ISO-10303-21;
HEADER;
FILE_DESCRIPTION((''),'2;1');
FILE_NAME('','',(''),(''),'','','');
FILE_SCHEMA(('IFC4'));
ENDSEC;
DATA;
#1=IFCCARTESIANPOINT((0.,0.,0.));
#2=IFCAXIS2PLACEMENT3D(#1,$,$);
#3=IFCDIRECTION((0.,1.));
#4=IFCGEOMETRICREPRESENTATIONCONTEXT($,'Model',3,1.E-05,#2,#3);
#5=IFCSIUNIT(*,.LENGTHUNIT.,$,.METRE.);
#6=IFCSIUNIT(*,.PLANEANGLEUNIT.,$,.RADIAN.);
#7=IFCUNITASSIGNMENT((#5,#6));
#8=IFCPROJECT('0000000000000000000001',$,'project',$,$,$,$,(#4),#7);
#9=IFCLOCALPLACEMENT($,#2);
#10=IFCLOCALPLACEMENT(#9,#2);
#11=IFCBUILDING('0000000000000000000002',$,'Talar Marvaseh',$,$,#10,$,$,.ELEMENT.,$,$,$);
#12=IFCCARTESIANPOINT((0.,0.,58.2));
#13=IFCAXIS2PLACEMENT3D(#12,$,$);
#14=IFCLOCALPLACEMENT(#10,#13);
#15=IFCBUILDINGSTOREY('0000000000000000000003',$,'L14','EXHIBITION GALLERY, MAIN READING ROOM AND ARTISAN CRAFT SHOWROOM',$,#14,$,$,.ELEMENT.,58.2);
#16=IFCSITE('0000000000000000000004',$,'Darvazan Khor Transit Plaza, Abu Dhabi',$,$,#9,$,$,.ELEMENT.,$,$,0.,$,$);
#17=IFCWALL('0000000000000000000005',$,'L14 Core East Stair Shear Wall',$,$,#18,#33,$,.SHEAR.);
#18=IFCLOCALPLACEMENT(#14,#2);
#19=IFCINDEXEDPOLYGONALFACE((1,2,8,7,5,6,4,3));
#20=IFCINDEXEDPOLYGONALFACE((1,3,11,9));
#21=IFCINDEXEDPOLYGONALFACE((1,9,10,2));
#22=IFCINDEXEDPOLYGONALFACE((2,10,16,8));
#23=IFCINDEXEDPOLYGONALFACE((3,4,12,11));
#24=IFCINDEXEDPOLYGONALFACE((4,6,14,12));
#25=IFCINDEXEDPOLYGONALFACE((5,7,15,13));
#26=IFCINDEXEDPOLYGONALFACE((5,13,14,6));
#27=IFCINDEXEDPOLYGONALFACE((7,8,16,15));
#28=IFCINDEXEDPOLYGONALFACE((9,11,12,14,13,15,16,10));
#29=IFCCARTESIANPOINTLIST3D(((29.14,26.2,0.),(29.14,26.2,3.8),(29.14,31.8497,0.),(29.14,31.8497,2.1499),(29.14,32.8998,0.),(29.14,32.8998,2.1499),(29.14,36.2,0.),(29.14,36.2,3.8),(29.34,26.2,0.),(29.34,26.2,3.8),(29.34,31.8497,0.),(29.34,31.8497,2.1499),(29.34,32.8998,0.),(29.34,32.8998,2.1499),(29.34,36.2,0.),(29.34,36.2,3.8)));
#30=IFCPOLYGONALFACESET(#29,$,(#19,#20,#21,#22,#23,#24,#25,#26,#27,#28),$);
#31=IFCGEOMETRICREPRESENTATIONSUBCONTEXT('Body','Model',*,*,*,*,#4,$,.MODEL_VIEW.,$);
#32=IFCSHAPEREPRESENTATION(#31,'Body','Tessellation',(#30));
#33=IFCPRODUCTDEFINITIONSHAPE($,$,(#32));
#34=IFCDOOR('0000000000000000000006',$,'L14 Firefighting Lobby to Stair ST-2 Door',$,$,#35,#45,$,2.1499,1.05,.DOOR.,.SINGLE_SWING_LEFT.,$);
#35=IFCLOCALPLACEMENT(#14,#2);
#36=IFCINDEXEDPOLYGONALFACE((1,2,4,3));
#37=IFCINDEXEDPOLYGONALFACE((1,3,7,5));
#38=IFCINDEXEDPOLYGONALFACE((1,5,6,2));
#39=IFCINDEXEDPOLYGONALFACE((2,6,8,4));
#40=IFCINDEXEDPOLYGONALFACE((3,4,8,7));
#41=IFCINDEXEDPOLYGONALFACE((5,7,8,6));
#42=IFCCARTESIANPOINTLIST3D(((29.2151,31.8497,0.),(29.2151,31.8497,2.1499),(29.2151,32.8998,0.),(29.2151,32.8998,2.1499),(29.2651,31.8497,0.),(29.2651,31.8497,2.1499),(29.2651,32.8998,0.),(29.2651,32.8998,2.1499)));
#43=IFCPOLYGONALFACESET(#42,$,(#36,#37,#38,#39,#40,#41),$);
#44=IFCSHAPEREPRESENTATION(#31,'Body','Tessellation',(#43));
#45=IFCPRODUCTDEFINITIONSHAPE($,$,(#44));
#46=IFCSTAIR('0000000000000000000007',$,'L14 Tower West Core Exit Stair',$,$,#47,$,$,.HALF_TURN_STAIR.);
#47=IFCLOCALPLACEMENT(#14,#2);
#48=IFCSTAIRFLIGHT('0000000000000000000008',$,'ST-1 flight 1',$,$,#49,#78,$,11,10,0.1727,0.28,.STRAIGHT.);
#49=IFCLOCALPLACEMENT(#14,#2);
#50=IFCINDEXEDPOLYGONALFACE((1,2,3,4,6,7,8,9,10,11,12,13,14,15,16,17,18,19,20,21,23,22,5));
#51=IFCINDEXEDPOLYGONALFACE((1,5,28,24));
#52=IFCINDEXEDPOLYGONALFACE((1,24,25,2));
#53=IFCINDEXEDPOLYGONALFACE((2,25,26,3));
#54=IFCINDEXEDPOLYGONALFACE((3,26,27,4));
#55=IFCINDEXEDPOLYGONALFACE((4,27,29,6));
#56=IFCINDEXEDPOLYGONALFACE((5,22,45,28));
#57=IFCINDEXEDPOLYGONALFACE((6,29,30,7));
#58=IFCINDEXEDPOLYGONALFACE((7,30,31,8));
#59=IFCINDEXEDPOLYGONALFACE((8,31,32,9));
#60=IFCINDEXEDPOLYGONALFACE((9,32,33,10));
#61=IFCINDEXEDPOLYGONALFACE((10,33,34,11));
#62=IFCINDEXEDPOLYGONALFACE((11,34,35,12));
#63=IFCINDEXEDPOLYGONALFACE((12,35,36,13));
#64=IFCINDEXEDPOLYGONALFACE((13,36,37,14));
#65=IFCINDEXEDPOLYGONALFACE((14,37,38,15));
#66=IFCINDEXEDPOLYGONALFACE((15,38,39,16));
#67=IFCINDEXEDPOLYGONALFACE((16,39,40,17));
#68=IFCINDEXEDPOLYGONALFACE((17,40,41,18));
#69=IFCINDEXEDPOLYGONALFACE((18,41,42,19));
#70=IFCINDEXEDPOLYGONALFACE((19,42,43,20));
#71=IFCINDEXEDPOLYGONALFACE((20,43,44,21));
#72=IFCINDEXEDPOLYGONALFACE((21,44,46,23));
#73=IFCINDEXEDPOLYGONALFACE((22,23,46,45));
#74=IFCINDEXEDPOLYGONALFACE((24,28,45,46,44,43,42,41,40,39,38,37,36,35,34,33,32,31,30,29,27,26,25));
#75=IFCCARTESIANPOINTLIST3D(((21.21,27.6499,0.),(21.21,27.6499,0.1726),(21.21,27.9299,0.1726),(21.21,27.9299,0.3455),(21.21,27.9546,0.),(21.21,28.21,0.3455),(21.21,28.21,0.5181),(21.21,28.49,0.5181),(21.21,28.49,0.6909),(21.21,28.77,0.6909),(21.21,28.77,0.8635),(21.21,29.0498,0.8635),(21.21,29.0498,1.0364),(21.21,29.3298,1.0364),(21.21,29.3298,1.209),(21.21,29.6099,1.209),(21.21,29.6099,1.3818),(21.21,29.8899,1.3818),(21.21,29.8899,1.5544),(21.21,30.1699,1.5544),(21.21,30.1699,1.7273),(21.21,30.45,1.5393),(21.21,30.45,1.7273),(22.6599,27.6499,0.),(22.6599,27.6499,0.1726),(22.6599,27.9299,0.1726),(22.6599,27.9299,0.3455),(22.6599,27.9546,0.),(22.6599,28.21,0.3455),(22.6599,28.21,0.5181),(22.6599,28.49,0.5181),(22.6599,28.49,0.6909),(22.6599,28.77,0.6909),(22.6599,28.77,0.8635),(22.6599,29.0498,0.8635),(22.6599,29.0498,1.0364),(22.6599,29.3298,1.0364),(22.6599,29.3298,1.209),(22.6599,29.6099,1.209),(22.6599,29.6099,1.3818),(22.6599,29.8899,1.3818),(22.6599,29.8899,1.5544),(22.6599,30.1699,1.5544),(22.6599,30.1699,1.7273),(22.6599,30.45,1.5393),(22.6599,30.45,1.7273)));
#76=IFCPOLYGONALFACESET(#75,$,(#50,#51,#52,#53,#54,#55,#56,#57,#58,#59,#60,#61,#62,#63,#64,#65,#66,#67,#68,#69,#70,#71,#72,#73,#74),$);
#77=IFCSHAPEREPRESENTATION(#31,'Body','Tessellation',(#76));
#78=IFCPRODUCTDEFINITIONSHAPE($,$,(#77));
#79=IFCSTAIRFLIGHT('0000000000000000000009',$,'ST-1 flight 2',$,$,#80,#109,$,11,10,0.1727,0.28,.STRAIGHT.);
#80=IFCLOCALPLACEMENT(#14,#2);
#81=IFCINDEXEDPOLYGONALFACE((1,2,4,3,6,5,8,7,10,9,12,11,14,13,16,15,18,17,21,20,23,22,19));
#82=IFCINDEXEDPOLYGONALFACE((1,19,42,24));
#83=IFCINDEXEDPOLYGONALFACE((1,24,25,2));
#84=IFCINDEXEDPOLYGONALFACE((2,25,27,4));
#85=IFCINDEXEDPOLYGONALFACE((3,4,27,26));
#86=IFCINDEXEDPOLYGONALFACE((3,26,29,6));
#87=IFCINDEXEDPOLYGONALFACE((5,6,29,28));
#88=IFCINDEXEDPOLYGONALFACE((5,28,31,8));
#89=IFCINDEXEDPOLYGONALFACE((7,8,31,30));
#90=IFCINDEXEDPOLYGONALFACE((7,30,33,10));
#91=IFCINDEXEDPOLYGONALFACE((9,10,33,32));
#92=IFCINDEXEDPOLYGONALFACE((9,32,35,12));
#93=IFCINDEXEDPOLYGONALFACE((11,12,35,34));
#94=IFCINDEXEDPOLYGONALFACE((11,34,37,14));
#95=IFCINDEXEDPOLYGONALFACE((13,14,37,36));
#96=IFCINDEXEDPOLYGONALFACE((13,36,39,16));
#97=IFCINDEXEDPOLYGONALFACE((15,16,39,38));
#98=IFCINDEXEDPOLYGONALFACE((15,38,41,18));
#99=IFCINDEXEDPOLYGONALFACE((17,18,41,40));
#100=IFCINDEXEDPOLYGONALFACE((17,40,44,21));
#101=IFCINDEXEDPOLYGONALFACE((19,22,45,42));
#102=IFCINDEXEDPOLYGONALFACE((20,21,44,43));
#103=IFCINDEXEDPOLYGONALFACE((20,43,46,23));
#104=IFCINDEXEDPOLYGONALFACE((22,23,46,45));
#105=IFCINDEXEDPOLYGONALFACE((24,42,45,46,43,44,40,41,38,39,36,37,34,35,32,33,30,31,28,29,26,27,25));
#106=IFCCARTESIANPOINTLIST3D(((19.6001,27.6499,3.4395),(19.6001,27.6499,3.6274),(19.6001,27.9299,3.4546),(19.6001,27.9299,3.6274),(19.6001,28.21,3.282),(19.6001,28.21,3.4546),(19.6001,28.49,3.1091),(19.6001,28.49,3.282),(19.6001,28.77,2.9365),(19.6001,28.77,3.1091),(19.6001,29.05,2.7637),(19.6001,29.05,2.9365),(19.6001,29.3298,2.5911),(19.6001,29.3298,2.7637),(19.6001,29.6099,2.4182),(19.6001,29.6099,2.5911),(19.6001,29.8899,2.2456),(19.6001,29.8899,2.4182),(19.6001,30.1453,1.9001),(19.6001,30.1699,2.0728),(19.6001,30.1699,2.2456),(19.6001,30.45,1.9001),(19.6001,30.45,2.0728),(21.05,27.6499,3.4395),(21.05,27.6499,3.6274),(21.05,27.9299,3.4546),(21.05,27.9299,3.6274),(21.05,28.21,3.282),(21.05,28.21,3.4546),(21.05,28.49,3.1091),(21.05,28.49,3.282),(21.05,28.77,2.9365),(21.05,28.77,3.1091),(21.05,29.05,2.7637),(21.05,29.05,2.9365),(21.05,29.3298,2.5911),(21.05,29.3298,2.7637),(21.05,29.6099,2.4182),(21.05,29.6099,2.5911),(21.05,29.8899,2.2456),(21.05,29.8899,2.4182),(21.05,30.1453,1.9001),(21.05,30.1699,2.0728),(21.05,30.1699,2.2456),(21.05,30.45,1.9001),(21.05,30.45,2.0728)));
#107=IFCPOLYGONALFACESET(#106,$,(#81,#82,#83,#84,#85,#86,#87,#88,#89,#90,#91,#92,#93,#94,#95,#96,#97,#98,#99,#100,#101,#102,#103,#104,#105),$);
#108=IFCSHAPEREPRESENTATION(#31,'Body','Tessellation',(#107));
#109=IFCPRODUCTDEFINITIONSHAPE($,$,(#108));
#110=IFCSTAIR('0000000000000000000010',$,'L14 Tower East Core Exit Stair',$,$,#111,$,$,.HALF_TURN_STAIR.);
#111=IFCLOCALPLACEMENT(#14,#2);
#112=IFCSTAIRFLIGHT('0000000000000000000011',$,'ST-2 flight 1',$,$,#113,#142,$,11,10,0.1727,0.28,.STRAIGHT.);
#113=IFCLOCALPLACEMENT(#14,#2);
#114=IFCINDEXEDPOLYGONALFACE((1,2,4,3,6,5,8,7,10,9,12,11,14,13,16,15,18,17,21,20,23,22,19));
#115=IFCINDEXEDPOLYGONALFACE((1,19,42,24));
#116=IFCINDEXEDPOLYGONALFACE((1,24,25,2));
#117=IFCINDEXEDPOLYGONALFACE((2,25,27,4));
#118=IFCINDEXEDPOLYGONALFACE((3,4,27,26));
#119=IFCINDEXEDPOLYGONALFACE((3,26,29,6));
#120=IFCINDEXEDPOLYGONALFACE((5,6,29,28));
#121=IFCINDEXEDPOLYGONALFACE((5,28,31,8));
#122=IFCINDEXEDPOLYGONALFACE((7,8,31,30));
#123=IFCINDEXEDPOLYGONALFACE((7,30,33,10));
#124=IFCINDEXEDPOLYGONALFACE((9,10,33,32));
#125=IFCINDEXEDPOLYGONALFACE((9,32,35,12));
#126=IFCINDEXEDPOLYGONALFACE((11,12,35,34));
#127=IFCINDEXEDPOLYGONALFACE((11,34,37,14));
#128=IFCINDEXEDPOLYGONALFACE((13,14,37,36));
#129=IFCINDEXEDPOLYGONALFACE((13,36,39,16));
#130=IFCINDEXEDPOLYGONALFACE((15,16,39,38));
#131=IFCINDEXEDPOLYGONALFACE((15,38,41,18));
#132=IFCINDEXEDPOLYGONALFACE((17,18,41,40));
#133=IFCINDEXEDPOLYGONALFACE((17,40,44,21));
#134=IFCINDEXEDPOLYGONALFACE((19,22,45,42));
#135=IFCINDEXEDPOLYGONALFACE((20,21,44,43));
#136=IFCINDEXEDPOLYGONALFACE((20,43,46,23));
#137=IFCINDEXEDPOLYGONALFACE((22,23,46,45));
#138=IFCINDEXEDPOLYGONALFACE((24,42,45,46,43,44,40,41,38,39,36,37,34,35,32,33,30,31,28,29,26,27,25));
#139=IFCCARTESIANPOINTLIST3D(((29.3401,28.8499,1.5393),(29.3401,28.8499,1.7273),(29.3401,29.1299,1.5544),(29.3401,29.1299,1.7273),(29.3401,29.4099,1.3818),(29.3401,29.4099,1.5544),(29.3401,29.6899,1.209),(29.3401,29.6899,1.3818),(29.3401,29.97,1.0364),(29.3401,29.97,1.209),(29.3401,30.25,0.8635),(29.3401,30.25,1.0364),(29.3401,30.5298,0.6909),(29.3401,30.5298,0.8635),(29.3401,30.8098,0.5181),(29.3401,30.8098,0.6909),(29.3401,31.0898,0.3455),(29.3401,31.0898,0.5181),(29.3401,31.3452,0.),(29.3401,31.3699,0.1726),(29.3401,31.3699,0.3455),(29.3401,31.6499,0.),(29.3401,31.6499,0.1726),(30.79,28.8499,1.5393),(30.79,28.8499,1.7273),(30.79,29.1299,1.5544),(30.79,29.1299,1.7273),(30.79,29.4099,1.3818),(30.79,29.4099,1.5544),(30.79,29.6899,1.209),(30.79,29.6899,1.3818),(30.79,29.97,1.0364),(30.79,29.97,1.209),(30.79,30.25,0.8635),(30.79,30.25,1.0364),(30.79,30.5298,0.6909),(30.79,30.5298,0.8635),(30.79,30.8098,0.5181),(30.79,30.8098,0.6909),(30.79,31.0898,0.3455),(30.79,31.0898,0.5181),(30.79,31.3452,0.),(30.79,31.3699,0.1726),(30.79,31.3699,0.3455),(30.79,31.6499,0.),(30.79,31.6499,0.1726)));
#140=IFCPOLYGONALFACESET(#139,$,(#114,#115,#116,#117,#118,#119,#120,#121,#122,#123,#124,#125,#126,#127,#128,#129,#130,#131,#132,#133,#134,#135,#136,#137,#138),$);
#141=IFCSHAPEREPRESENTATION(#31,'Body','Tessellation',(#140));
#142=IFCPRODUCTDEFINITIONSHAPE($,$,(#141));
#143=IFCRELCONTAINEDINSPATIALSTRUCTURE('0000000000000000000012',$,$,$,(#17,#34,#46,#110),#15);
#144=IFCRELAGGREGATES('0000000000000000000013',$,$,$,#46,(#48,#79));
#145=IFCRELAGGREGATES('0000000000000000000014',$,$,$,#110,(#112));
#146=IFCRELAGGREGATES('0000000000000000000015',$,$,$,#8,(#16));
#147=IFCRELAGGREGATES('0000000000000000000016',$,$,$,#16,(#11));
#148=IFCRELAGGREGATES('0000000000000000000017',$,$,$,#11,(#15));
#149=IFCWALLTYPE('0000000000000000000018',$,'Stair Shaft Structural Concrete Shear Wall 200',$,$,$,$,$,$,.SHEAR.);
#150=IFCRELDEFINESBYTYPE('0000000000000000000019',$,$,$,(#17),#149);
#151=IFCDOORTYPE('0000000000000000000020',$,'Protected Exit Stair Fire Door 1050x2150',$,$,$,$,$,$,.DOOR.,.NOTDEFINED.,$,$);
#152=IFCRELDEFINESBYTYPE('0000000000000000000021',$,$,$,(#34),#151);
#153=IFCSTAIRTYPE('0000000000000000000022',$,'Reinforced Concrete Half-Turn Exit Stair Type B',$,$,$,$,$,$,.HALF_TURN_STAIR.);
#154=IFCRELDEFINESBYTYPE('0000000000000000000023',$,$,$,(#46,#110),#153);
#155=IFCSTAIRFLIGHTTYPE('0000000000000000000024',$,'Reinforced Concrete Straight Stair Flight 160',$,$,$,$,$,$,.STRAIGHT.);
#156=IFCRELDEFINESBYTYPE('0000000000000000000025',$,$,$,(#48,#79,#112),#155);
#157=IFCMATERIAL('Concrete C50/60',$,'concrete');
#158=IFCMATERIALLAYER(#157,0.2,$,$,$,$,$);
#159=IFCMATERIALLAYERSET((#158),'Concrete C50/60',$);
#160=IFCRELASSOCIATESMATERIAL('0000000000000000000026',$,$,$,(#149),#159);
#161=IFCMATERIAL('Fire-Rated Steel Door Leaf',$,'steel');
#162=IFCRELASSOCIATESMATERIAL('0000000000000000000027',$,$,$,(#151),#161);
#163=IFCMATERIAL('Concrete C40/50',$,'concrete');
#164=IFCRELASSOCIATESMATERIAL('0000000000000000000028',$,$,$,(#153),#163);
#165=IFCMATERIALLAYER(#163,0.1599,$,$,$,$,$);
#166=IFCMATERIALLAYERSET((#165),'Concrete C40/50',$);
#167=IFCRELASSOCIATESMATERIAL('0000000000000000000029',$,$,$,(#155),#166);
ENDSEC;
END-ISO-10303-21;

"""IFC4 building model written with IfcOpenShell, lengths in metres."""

from ifc_helpers import new_model, si_unit, direction, frame, frame_2d, origin, place, context, subcontext, project, spatial, polyline, rectangle, outline, extrude, source, transform, mapped, material, layer, layer_set, type_object, type_shapes, element, fill, aggregate, save


model = new_model("IFC4")

# Units and contexts
model_context = context("Model", 3, precision=1e-05, world=origin(), true_north=direction((0.0, 1.0)))
body_context = subcontext(model_context, "Body", "Model", "MODEL_VIEW")
ifc_project = project(units=[si_unit("LENGTHUNIT", "METRE"), si_unit("PLANEANGLEUNIT", "RADIAN")], contexts=[model_context])

# Site, building, storey
site_placement = place(None, origin())
site = spatial("IfcSite", under=ifc_project, at=site_placement, Name="Darvazan Khor Transit Plaza, Abu Dhabi", CompositionType="ELEMENT", RefElevation=0.0)
building_placement = place(site_placement, origin())
building = spatial("IfcBuilding", under=site, at=building_placement, Name="Talar Marvaseh", CompositionType="ELEMENT")
storey_placement = place(building_placement, frame((0.0, 0.0, 58.2)))
storey = spatial("IfcBuildingStorey", under=building, at=storey_placement, Name="L14", Description="EXHIBITION GALLERY, MAIN READING ROOM AND ARTISAN CRAFT SHOWROOM", CompositionType="ELEMENT", Elevation=58.2)

# Shared definitions
ifc_material_1 = material(Name="Concrete C40/50", Category="concrete")

# Shared definitions
ifc_material_2 = material(Name="Fire-Rated Steel Door Leaf", Category="steel")

# Shared definitions
ifc_material_3 = material(Name="Concrete C50/60", Category="concrete")
ifc_layer_1 = layer(ifc_material_3, 0.2)
ifc_layer_set_1 = layer_set([ifc_layer_1], Name="Concrete C50/60")
wall_type_1 = type_object("IfcWallType", Name="Stair Shaft Structural Concrete Shear Wall 200", PredefinedType="SHEAR", material=ifc_layer_set_1)

# Wall, opening, door
wall_1_placement = place(storey_placement, frame((29.24, 26.2, 0.0), z_axis=(0.0, 0.0, 1.0), x_axis=(0.0, 1.0, 0.0)))
wall_1 = element("IfcWall", 1, at=wall_1_placement, inside=storey, type_object=wall_type_1, Name="L14 Core East Stair Shear Wall", PredefinedType="SHEAR", context=body_context, shape_type="SweptSolid", body=[
    extrude(rectangle(XDim=10.0, YDim=0.2, at=frame_2d((5.0, 0.0))), origin(), (0.0, 0.0, 1.0), 3.8),
])
opening_1_placement = place(wall_1_placement, frame((5.6499, 0.0, 0.0)))
opening_1 = element("IfcOpeningElement", 2, at=opening_1_placement, cuts=wall_1, PredefinedType="OPENING", context=body_context, shape_type="SweptSolid", body=[
    extrude(rectangle(XDim=1.05, YDim=2.1499, at=frame_2d((0.5249, 1.075))), frame((0.0, 0.1099, 0.0), z_axis=(0.0, -1.0, 0.0), x_axis=(1.0, 0.0, 0.0)), (0.0, 0.0, 1.0), 0.22),
])
door_type_1 = type_object("IfcDoorType", Name="Protected Exit Stair Fire Door 1050x2150", OperationType="NOTDEFINED", PredefinedType="DOOR", material=ifc_material_2)
shared_shape_1 = source(origin(), body_context, "Body", "SweptSolid", [
    extrude(rectangle(XDim=1.05, YDim=2.1499, at=frame_2d((0.5249, 1.075))), frame((0.0, 0.0249, 0.0), z_axis=(0.0, -1.0, 0.0), x_axis=(1.0, 0.0, 0.0)), (0.0, 0.0, 1.0), 0.05),
])
type_shapes(door_type_1, [shared_shape_1])
door_1_placement = place(opening_1_placement, origin())
door_1 = element("IfcDoor", 3, at=door_1_placement, inside=storey, type_object=door_type_1, Name="L14 Firefighting Lobby to Stair ST-2 Door", OperationType="SINGLE_SWING_LEFT", OverallHeight=2.1499, OverallWidth=1.05, PredefinedType="DOOR", context=body_context, shape_type="MappedRepresentation", body=[
    mapped(shared_shape_1, transform((0.0, 0.0, 0.0), x_axis=(1.0, 0.0, 0.0), y_axis=(0.0, 1.0, 0.0), z_axis=(0.0, 0.0, 1.0), scale=1.0)),
])
fill(opening_1, door_1)

# Stair, stair flights
stair_type = type_object("IfcStairType", Name="Reinforced Concrete Half-Turn Exit Stair Type B", PredefinedType="HALF_TURN_STAIR", material=ifc_material_1)
stair_1_placement = place(storey_placement, origin())
stair_1 = element("IfcStair", 4, at=stair_1_placement, inside=storey, type_object=stair_type, Name="L14 Tower West Core Exit Stair", PredefinedType="HALF_TURN_STAIR")
ifc_layer_2 = layer(ifc_material_1, 0.1599)
ifc_layer_set_2 = layer_set([ifc_layer_2], Name="Concrete C40/50")
stair_flight_type = type_object("IfcStairFlightType", Name="Reinforced Concrete Straight Stair Flight 160", PredefinedType="STRAIGHT", material=ifc_layer_set_2)
stair_flight_1_placement = place(storey_placement, frame((21.9351, 27.6499, 0.0), z_axis=(0.0, 0.0, 1.0), x_axis=(0.0, 1.0, 0.0)))
stair_flight_1 = element("IfcStairFlight", 5, at=stair_flight_1_placement, type_object=stair_flight_type, Name="ST-1 flight 1", NumberOfRisers=11, NumberOfTreads=10, PredefinedType="STRAIGHT", RiserHeight=0.1727, TreadLength=0.28, context=body_context, shape_type="SweptSolid", body=[
    extrude(outline(polyline([(0.0, 0.0), (0.0, 0.1726), (0.28, 0.1726), (0.28, 0.3455), (0.5601, 0.3455), (0.5601, 0.5181), (0.8401, 0.5181), (0.8401, 0.6909), (1.1201, 0.6909), (1.1201, 0.8635), (1.3999, 0.8635), (1.3999, 1.0364), (1.6799, 1.0364), (1.6799, 1.209), (1.96, 1.209), (1.96, 1.3818), (2.24, 1.3818), (2.24, 1.5544), (2.52, 1.5544), (2.52, 1.7273), (2.8, 1.7273), (2.8, 1.8999), (2.8, 1.5393), (0.3047, 0.0), (0.0, 0.0)])), frame((0.0, 0.7251, 0.0), z_axis=(0.0, -1.0, 0.0), x_axis=(1.0, 0.0, 0.0)), (0.0, 0.0, 1.0), 1.45),
])
stair_flight_2_placement = place(storey_placement, frame((20.325, 30.45, 1.9001), z_axis=(0.0, 0.0, 1.0), x_axis=(0.0, -1.0, 0.0)))
stair_flight_2 = element("IfcStairFlight", 6, at=stair_flight_2_placement, type_object=stair_flight_type, Name="ST-1 flight 2", NumberOfRisers=11, NumberOfTreads=10, PredefinedType="STRAIGHT", RiserHeight=0.1727, TreadLength=0.28, context=body_context, shape_type="SweptSolid", body=[
    extrude(outline(polyline([(0.0, 0.0), (0.0, 0.1726), (0.28, 0.1726), (0.28, 0.3455), (0.5601, 0.3455), (0.5601, 0.5181), (0.8401, 0.5181), (0.8401, 0.6909), (1.1201, 0.6909), (1.1201, 0.8635), (1.3999, 0.8635), (1.3999, 1.0364), (1.6799, 1.0364), (1.6799, 1.209), (1.96, 1.209), (1.96, 1.3818), (2.24, 1.3818), (2.24, 1.5544), (2.52, 1.5544), (2.52, 1.7273), (2.8, 1.7273), (2.8, 1.8999), (2.8, 1.5393), (0.3047, 0.0), (0.0, 0.0)])), frame((0.0, 0.7251, 0.0), z_axis=(0.0, -1.0, 0.0), x_axis=(1.0, 0.0, 0.0)), (0.0, 0.0, 1.0), 1.45),
])
aggregate(stair_1, [stair_flight_1, stair_flight_2])

# Stair, stair flight
stair_2_placement = place(storey_placement, origin())
stair_2 = element("IfcStair", 7, at=stair_2_placement, inside=storey, type_object=stair_type, Name="L14 Tower East Core Exit Stair", PredefinedType="HALF_TURN_STAIR")
stair_flight_3_placement = place(storey_placement, frame((30.0649, 31.6499, 0.0), z_axis=(0.0, 0.0, 1.0), x_axis=(0.0, -1.0, 0.0)))
stair_flight_3 = element("IfcStairFlight", 8, at=stair_flight_3_placement, type_object=stair_flight_type, Name="ST-2 flight 1", NumberOfRisers=11, NumberOfTreads=10, PredefinedType="STRAIGHT", RiserHeight=0.1727, TreadLength=0.28, context=body_context, shape_type="SweptSolid", body=[
    extrude(outline(polyline([(0.0, 0.0), (0.0, 0.1726), (0.28, 0.1726), (0.28, 0.3455), (0.5601, 0.3455), (0.5601, 0.5181), (0.8401, 0.5181), (0.8401, 0.6909), (1.1201, 0.6909), (1.1201, 0.8635), (1.3999, 0.8635), (1.3999, 1.0364), (1.6799, 1.0364), (1.6799, 1.209), (1.96, 1.209), (1.96, 1.3818), (2.24, 1.3818), (2.24, 1.5544), (2.52, 1.5544), (2.52, 1.7273), (2.8, 1.7273), (2.8, 1.8999), (2.8, 1.5393), (0.3047, 0.0), (0.0, 0.0)])), frame((0.0, 0.7251, 0.0), z_axis=(0.0, -1.0, 0.0), x_axis=(1.0, 0.0, 0.0)), (0.0, 0.0, 1.0), 1.45),
])
aggregate(stair_2, [stair_flight_3])

save(model, "model.ifc")
